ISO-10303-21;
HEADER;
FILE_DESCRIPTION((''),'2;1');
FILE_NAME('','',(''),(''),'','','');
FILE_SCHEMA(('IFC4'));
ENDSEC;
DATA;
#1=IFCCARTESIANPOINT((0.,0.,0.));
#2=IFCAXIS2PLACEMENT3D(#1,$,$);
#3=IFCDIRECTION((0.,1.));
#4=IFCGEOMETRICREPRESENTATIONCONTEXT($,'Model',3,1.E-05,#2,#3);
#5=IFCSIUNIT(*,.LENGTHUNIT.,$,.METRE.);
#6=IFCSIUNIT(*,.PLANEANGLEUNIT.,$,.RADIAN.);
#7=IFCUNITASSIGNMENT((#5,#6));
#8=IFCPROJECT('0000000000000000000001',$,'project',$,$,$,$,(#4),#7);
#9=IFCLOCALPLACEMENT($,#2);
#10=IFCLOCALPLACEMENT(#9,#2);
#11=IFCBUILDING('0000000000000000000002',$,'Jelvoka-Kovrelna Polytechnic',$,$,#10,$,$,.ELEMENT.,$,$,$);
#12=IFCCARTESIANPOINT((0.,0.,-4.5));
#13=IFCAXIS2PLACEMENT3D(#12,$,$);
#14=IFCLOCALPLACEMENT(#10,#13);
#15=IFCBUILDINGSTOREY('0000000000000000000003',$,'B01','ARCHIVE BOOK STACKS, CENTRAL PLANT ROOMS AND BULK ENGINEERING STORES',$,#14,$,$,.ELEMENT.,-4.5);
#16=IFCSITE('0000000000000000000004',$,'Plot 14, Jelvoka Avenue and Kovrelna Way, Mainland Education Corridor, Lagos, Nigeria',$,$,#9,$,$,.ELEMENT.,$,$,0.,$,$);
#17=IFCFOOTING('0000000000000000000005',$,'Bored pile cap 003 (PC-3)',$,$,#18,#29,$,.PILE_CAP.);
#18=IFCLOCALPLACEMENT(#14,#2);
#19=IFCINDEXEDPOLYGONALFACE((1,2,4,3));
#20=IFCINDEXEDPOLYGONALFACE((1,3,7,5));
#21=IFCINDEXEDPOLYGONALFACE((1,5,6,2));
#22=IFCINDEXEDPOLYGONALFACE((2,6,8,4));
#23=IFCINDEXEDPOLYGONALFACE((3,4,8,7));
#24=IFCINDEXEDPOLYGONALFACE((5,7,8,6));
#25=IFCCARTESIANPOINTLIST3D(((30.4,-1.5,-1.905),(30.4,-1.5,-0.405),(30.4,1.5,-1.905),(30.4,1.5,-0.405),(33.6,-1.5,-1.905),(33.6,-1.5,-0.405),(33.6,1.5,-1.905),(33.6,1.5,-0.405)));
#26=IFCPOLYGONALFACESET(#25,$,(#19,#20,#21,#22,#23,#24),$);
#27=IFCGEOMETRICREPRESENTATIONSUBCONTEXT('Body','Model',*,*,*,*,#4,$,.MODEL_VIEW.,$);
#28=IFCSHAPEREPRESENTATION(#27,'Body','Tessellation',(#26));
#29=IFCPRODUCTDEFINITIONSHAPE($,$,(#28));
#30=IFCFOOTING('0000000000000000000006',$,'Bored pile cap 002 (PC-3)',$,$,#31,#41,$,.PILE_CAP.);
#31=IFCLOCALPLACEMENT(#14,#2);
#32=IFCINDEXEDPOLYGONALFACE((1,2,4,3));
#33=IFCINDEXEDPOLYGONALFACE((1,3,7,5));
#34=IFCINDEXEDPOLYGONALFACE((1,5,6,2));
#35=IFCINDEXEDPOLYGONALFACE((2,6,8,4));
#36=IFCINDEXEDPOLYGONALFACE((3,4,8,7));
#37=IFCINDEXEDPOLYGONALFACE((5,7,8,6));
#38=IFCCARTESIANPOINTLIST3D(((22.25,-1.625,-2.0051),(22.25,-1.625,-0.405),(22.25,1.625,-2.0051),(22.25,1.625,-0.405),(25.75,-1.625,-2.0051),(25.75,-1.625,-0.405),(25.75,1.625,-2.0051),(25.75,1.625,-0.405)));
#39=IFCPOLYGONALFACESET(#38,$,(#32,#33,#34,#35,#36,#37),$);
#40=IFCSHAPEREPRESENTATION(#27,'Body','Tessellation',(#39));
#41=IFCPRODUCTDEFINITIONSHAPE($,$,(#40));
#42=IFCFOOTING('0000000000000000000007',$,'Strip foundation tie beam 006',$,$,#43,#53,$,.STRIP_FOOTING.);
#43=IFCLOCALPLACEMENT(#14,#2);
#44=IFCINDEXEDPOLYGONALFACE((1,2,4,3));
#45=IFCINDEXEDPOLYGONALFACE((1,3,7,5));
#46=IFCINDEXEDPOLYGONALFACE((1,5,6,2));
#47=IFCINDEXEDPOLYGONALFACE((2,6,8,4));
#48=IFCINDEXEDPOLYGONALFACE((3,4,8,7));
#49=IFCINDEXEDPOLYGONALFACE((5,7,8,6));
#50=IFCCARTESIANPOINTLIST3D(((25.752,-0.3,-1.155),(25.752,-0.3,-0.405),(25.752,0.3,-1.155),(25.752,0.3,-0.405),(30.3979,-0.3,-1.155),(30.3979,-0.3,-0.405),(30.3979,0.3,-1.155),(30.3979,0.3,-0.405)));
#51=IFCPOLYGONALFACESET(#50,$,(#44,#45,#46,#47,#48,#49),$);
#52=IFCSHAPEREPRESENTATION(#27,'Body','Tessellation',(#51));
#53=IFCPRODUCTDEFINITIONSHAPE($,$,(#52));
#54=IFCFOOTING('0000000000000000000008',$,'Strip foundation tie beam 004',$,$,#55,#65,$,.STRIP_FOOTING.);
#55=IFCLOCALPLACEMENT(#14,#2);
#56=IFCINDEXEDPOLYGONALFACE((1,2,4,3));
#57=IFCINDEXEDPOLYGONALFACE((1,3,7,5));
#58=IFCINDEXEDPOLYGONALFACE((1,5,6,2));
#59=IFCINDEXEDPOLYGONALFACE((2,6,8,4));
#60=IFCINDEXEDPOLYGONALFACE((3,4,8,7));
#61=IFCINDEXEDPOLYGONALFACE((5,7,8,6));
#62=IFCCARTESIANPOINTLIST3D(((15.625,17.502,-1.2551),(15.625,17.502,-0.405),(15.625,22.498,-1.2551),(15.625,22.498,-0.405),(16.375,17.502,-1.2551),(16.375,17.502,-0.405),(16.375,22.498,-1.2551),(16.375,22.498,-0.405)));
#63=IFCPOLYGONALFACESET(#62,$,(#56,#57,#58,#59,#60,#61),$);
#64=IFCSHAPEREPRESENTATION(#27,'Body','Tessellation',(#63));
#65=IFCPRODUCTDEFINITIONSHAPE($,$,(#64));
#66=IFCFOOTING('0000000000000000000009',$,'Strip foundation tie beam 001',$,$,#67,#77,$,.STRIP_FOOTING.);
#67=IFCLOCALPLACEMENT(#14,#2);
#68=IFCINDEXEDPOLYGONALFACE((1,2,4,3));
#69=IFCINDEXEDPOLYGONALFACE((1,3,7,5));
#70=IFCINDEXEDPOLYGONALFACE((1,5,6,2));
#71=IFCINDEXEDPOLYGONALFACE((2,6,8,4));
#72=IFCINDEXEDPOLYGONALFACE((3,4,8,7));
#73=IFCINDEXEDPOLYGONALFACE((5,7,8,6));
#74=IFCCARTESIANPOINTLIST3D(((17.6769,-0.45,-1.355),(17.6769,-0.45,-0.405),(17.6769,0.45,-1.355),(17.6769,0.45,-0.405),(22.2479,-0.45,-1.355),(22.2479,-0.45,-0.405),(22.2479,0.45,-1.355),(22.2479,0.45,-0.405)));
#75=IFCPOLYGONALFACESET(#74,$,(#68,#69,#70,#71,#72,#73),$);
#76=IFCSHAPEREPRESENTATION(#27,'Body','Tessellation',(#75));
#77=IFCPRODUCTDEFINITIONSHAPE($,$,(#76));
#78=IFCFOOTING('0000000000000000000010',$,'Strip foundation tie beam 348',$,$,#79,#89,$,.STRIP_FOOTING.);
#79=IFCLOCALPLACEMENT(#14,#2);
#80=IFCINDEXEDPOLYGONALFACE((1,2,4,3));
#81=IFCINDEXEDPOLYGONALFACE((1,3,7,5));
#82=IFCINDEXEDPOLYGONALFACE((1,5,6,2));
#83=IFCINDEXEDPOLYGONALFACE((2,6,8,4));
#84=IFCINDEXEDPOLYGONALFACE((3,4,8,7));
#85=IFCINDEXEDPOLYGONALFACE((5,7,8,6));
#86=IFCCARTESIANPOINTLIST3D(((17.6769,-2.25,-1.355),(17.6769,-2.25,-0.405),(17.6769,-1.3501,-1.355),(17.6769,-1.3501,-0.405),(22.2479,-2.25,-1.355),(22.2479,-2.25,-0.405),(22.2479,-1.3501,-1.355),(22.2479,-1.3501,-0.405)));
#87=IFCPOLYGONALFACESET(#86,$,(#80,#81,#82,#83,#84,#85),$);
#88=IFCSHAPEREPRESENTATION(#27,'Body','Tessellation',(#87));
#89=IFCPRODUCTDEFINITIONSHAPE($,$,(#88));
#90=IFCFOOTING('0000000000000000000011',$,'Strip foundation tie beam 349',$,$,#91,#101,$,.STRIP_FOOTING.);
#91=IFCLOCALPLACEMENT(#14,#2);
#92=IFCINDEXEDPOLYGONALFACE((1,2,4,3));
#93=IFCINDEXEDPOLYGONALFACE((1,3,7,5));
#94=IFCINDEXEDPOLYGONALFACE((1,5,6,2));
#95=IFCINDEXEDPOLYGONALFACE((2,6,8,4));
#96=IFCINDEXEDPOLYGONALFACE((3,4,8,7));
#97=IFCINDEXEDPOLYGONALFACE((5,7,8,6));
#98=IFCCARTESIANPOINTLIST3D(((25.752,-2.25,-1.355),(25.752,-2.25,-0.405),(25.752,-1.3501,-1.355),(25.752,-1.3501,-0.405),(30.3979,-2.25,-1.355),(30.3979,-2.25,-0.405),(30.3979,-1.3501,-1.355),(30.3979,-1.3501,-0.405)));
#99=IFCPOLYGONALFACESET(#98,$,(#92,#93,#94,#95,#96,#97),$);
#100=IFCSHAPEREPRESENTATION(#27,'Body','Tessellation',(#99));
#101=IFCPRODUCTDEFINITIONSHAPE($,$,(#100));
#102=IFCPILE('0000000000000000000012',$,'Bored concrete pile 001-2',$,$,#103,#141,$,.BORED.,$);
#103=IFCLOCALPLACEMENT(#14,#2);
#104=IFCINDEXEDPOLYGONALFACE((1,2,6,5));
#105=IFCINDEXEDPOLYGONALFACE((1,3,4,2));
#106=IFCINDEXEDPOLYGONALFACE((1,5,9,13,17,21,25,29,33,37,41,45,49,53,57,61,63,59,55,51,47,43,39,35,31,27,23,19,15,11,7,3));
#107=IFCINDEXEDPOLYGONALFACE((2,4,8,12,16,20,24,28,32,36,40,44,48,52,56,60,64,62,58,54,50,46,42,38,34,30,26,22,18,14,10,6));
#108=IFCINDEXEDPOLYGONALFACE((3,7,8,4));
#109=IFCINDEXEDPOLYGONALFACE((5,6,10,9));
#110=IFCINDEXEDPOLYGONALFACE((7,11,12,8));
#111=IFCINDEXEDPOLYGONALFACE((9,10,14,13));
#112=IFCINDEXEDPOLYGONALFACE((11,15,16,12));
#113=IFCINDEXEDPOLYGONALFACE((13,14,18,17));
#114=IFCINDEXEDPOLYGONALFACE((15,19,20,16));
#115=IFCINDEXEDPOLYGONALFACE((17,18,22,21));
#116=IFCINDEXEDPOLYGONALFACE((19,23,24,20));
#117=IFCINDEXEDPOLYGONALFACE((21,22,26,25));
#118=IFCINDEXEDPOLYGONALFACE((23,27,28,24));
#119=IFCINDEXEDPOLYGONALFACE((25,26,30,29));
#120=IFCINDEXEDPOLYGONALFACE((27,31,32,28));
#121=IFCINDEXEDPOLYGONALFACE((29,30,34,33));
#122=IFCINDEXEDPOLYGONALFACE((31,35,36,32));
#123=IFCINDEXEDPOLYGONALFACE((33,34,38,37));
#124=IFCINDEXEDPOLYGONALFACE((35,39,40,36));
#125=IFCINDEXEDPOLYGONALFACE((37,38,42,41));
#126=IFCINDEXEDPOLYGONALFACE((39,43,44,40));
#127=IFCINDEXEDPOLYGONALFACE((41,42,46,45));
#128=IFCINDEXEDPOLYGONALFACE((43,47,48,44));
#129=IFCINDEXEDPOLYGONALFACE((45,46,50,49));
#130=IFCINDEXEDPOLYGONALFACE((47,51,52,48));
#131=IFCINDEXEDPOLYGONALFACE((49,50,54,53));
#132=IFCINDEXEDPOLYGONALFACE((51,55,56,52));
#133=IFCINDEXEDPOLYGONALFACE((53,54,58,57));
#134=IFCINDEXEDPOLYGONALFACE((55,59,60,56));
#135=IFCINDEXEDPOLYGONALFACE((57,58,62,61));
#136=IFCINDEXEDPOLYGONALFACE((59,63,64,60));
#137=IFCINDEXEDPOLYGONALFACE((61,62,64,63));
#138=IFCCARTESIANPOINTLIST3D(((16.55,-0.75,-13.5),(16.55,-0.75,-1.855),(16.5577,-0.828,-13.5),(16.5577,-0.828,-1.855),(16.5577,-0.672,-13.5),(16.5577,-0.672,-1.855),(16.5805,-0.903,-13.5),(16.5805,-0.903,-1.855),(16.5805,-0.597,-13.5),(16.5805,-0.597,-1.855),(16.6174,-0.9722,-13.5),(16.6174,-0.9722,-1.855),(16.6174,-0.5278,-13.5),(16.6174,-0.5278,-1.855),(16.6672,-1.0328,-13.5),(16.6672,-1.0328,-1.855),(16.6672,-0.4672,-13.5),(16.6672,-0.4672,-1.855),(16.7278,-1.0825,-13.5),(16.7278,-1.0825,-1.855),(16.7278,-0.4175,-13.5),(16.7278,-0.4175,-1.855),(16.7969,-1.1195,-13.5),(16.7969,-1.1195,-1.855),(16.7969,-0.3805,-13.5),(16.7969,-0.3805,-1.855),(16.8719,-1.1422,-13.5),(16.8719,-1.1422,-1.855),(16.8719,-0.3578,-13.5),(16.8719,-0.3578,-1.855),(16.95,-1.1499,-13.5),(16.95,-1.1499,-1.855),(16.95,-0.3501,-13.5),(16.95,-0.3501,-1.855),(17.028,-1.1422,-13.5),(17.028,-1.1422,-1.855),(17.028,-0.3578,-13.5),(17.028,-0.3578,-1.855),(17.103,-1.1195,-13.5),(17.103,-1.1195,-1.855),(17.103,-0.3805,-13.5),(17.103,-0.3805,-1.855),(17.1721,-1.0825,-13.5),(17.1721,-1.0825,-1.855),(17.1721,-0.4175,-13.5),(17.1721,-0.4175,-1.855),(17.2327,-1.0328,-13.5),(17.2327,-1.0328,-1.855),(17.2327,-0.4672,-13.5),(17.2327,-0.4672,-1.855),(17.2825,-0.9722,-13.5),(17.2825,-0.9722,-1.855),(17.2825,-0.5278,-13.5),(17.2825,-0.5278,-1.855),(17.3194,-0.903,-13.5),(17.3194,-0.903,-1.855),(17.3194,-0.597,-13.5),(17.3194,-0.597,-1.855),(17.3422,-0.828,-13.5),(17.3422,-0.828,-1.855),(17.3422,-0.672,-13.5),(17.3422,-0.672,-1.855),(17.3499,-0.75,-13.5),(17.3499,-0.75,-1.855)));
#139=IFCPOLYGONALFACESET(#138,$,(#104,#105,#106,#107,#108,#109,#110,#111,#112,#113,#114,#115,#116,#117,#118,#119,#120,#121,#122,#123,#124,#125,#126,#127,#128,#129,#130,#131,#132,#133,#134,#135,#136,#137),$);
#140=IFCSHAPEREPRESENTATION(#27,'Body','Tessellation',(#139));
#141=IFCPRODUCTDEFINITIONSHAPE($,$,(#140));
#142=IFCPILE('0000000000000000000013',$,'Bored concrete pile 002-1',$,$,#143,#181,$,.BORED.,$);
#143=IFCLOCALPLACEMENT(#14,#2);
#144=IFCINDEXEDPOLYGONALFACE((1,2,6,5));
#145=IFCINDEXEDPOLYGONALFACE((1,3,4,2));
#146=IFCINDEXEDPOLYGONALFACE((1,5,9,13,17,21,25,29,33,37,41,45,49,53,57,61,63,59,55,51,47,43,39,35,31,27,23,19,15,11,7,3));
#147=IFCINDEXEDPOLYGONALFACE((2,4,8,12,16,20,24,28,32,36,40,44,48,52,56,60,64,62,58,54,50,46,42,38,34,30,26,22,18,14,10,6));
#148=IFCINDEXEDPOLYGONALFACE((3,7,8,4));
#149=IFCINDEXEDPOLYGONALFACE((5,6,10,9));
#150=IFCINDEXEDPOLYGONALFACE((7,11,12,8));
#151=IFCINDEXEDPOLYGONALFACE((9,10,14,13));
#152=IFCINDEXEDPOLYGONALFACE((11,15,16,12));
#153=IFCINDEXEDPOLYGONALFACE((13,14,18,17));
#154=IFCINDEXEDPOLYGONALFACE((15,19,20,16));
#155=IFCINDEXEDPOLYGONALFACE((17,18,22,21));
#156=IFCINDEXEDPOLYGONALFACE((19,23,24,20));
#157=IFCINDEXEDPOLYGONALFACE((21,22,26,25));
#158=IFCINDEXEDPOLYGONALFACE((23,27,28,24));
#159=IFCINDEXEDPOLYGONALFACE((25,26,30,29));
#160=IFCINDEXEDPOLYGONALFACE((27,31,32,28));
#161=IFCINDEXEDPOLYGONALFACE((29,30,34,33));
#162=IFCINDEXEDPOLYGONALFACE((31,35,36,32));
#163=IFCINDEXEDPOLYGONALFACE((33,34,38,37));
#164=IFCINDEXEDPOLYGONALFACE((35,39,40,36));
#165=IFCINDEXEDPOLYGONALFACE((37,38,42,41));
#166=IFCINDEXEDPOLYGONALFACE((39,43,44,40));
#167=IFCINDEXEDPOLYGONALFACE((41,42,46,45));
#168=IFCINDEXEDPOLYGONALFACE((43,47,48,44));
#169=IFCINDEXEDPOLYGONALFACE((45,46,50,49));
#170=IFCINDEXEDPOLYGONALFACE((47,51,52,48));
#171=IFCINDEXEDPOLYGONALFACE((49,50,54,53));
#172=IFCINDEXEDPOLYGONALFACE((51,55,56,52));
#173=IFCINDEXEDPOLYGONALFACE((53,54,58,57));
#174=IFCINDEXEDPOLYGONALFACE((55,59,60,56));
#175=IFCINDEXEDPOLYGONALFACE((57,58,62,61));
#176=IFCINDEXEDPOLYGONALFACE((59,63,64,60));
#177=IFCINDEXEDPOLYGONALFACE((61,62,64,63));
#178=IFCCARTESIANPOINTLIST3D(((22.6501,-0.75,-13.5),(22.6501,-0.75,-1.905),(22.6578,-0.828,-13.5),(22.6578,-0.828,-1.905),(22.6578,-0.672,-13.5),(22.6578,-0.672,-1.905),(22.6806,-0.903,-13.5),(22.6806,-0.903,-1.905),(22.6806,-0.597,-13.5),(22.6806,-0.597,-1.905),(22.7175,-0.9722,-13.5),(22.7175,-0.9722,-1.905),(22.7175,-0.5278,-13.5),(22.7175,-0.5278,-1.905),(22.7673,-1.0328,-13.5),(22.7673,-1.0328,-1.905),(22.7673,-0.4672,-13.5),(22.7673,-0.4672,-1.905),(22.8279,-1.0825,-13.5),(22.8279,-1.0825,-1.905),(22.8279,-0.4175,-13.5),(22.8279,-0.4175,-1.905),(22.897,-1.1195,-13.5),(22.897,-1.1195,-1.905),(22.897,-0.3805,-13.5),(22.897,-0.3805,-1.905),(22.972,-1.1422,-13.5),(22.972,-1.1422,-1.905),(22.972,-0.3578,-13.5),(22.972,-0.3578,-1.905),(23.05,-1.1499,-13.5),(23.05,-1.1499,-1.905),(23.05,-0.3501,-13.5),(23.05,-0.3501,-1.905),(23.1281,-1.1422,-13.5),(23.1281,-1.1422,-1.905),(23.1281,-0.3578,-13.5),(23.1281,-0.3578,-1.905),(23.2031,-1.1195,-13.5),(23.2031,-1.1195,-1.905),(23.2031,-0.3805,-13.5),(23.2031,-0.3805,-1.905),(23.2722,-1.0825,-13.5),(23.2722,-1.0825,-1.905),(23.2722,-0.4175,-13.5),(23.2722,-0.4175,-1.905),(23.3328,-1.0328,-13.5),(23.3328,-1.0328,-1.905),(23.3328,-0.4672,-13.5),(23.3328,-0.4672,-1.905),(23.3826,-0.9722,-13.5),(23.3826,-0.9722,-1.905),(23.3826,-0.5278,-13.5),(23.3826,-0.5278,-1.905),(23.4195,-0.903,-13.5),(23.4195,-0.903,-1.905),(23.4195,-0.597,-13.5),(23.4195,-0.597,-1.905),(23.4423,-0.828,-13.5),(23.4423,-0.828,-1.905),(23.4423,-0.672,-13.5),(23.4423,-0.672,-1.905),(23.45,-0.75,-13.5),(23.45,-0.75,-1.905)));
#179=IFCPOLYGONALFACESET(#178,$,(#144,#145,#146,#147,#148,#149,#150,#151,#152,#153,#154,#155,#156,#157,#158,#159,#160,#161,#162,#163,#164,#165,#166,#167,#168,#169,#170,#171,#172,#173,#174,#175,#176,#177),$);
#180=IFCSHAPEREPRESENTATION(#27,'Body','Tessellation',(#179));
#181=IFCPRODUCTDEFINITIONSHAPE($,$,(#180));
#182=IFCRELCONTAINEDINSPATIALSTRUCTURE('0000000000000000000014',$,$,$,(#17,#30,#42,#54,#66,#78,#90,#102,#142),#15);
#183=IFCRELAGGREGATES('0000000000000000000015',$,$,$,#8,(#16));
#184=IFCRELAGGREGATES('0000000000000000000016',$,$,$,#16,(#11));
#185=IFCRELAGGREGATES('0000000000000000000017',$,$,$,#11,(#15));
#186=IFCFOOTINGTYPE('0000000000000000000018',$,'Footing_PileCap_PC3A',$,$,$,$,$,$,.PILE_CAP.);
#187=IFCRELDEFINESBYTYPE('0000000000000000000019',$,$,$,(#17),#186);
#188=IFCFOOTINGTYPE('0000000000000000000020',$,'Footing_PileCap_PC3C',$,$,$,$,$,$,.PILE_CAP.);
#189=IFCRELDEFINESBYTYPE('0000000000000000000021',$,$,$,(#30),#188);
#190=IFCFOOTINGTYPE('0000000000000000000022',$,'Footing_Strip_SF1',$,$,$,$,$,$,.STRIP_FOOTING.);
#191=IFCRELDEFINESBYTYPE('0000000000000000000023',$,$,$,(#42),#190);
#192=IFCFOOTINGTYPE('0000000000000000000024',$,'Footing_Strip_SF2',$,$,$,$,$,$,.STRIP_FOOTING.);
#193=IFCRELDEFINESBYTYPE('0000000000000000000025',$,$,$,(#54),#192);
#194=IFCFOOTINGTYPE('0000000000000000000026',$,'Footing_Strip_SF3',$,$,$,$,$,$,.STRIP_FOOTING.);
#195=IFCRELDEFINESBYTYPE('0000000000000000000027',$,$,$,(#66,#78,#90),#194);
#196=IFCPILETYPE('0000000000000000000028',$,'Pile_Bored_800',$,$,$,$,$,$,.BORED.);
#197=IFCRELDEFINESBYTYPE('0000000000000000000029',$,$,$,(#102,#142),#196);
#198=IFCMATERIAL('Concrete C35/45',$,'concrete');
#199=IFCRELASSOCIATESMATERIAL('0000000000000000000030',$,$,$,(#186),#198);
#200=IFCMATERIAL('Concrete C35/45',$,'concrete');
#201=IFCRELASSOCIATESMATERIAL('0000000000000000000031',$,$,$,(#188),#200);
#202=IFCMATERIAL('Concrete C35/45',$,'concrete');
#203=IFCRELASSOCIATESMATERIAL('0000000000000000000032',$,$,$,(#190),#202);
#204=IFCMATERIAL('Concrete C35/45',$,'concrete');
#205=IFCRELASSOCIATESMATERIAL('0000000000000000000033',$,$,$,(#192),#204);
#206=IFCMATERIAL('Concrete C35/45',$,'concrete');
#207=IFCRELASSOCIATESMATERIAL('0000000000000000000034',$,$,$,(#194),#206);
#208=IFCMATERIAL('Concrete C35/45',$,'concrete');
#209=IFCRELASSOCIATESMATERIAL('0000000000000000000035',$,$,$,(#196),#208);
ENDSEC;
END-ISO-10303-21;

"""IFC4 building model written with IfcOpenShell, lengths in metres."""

from ifc_helpers import new_model, si_unit, direction, frame, origin, origin_2d, place, context, subcontext, project, spatial, rectangle, circle, extrude, material, material_profile, profile_set, type_object, element, save


model = new_model("IFC4")

# Units and contexts
model_context = context("Model", 3, precision=1e-05, world=origin(), true_north=direction((0.0, 1.0)))
body_context = subcontext(model_context, "Body", "Model", "MODEL_VIEW")
ifc_project = project(units=[si_unit("LENGTHUNIT", "METRE"), si_unit("PLANEANGLEUNIT", "RADIAN")], contexts=[model_context])

# Site, building, storey
site_placement = place(None, origin())
site = spatial("IfcSite", under=ifc_project, at=site_placement, Name="Plot 14, Jelvoka Avenue and Kovrelna Way, Mainland Education Corridor, Lagos, Nigeria", CompositionType="ELEMENT", RefElevation=0.0)
building_placement = place(site_placement, origin())
building = spatial("IfcBuilding", under=site, at=building_placement, Name="Jelvoka-Kovrelna Polytechnic", CompositionType="ELEMENT")
storey_placement = place(building_placement, frame((0.0, 0.0, -4.5)))
storey = spatial("IfcBuildingStorey", under=building, at=storey_placement, Name="B01", Description="ARCHIVE BOOK STACKS, CENTRAL PLANT ROOMS AND BULK ENGINEERING STORES", CompositionType="ELEMENT", Elevation=-4.5)

# Footings
ifc_material_1 = material(Name="Concrete C35/45", Category="concrete")
footing_type_1 = type_object("IfcFootingType", Name="Footing_PileCap_PC3A", PredefinedType="PILE_CAP", material=ifc_material_1)
footing_1_placement = place(storey_placement, frame((32.0, 0.0, -1.905), z_axis=(0.0, 0.0, 1.0), x_axis=(1.0, 0.0, 0.0)))
element("IfcFooting", 1, at=footing_1_placement, inside=storey, type_object=footing_type_1, Name="Bored pile cap 003 (PC-3)", PredefinedType="PILE_CAP", context=body_context, shape_type="SweptSolid", body=[
    extrude(rectangle(XDim=3.2, YDim=3.0, at=origin_2d()), origin(), (0.0, 0.0, 1.0), 1.5),
])
ifc_material_2 = material(Name="Concrete C35/45", Category="concrete")
footing_type_2 = type_object("IfcFootingType", Name="Footing_PileCap_PC3C", PredefinedType="PILE_CAP", material=ifc_material_2)
footing_2_placement = place(storey_placement, frame((24.0, 0.0, -2.0051), z_axis=(0.0, 0.0, 1.0), x_axis=(1.0, 0.0, 0.0)))
element("IfcFooting", 2, at=footing_2_placement, inside=storey, type_object=footing_type_2, Name="Bored pile cap 002 (PC-3)", PredefinedType="PILE_CAP", context=body_context, shape_type="SweptSolid", body=[
    extrude(rectangle(XDim=3.5, YDim=3.25, at=origin_2d()), origin(), (0.0, 0.0, 1.0), 1.6001),
])
ifc_material_3 = material(Name="Concrete C35/45", Category="concrete")
footing_type_3 = type_object("IfcFootingType", Name="Footing_Strip_SF1", PredefinedType="STRIP_FOOTING", material=ifc_material_3)
footing_3_placement = place(storey_placement, frame((28.075, 0.0, -1.155), z_axis=(0.0, 0.0, 1.0), x_axis=(1.0, 0.0, 0.0)))
element("IfcFooting", 3, at=footing_3_placement, inside=storey, type_object=footing_type_3, Name="Strip foundation tie beam 006", PredefinedType="STRIP_FOOTING", context=body_context, shape_type="SweptSolid", body=[
    extrude(rectangle(XDim=4.646, YDim=0.6001, at=origin_2d()), origin(), (0.0, 0.0, 1.0), 0.75),
])
ifc_material_4 = material(Name="Concrete C35/45", Category="concrete")
footing_type_4 = type_object("IfcFootingType", Name="Footing_Strip_SF2", PredefinedType="STRIP_FOOTING", material=ifc_material_4)
footing_4_placement = place(storey_placement, frame((16.0, 20.0, -1.2551), z_axis=(0.0, 0.0, 1.0), x_axis=(0.0, 1.0, 0.0)))
element("IfcFooting", 4, at=footing_4_placement, inside=storey, type_object=footing_type_4, Name="Strip foundation tie beam 004", PredefinedType="STRIP_FOOTING", context=body_context, shape_type="SweptSolid", body=[
    extrude(rectangle(XDim=4.9961, YDim=0.75, at=origin_2d()), origin(), (0.0, 0.0, 1.0), 0.8501),
])
ifc_material_5 = material(Name="Concrete C35/45", Category="concrete")
footing_type_5 = type_object("IfcFootingType", Name="Footing_Strip_SF3", PredefinedType="STRIP_FOOTING", material=ifc_material_5)
for number, where, z_axis, x_axis, name in (
    (5, (19.9624, 0.0, -1.355), (0.0, 0.0, 1.0), (1.0, 0.0, 0.0), "Strip foundation tie beam 001"),
    (6, (19.9624, -1.8, -1.355), (0.0, 0.0, 1.0), (1.0, 0.0, 0.0), "Strip foundation tie beam 348"),
):
    element("IfcFooting", number, at=place(storey_placement, frame(where, z_axis=z_axis, x_axis=x_axis)), inside=storey, type_object=footing_type_5, Name=name, PredefinedType="STRIP_FOOTING", context=body_context, shape_type="SweptSolid", body=[
        extrude(rectangle(XDim=4.571, YDim=0.8999, at=origin_2d()), origin(), (0.0, 0.0, 1.0), 0.95),
    ])
footing_5_placement = place(storey_placement, frame((28.075, -1.8, -1.355), z_axis=(0.0, 0.0, 1.0), x_axis=(1.0, 0.0, 0.0)))
element("IfcFooting", 7, at=footing_5_placement, inside=storey, type_object=footing_type_5, Name="Strip foundation tie beam 349", PredefinedType="STRIP_FOOTING", context=body_context, shape_type="SweptSolid", body=[
    extrude(rectangle(XDim=4.646, YDim=0.8999, at=origin_2d()), origin(), (0.0, 0.0, 1.0), 0.95),
])

# Piles
ifc_material_6 = material(Name="Concrete C35/45", Category="concrete")
ifc_material_profile_1 = material_profile(ifc_material_6, circle(Radius=0.3999, at=origin_2d()), Name="PILE D800")
ifc_profile_set_1 = profile_set([ifc_material_profile_1], Name="Concrete C35/45")
pile_type = type_object("IfcPileType", Name="Pile_Bored_800", PredefinedType="BORED", material=ifc_profile_set_1)
pile_placement = place(storey_placement, frame((16.95, -0.75, -1.855), z_axis=(0.0, 0.0, -1.0), x_axis=(1.0, 0.0, 0.0)))
element("IfcPile", 8, at=pile_placement, inside=storey, type_object=pile_type, Name="Bored concrete pile 001-2", PredefinedType="BORED", context=body_context, shape_type="SweptSolid", body=[
    extrude(circle(Radius=0.3999, at=origin_2d()), origin(), (0.0, 0.0, 1.0), 11.645),
])
for number, where, z_axis, x_axis, name in (
    (9, (23.05, -0.75, -1.905), (0.0, 0.0, -1.0), (1.0, 0.0, 0.0), "Bored concrete pile 002-1"),
):
    element("IfcPile", number, at=place(storey_placement, frame(where, z_axis=z_axis, x_axis=x_axis)), inside=storey, type_object=pile_type, Name=name, PredefinedType="BORED", context=body_context, shape_type="SweptSolid", body=[
        extrude(circle(Radius=0.3999, at=origin_2d()), origin(), (0.0, 0.0, 1.0), 11.595),
    ])

save(model, "model.ifc")
